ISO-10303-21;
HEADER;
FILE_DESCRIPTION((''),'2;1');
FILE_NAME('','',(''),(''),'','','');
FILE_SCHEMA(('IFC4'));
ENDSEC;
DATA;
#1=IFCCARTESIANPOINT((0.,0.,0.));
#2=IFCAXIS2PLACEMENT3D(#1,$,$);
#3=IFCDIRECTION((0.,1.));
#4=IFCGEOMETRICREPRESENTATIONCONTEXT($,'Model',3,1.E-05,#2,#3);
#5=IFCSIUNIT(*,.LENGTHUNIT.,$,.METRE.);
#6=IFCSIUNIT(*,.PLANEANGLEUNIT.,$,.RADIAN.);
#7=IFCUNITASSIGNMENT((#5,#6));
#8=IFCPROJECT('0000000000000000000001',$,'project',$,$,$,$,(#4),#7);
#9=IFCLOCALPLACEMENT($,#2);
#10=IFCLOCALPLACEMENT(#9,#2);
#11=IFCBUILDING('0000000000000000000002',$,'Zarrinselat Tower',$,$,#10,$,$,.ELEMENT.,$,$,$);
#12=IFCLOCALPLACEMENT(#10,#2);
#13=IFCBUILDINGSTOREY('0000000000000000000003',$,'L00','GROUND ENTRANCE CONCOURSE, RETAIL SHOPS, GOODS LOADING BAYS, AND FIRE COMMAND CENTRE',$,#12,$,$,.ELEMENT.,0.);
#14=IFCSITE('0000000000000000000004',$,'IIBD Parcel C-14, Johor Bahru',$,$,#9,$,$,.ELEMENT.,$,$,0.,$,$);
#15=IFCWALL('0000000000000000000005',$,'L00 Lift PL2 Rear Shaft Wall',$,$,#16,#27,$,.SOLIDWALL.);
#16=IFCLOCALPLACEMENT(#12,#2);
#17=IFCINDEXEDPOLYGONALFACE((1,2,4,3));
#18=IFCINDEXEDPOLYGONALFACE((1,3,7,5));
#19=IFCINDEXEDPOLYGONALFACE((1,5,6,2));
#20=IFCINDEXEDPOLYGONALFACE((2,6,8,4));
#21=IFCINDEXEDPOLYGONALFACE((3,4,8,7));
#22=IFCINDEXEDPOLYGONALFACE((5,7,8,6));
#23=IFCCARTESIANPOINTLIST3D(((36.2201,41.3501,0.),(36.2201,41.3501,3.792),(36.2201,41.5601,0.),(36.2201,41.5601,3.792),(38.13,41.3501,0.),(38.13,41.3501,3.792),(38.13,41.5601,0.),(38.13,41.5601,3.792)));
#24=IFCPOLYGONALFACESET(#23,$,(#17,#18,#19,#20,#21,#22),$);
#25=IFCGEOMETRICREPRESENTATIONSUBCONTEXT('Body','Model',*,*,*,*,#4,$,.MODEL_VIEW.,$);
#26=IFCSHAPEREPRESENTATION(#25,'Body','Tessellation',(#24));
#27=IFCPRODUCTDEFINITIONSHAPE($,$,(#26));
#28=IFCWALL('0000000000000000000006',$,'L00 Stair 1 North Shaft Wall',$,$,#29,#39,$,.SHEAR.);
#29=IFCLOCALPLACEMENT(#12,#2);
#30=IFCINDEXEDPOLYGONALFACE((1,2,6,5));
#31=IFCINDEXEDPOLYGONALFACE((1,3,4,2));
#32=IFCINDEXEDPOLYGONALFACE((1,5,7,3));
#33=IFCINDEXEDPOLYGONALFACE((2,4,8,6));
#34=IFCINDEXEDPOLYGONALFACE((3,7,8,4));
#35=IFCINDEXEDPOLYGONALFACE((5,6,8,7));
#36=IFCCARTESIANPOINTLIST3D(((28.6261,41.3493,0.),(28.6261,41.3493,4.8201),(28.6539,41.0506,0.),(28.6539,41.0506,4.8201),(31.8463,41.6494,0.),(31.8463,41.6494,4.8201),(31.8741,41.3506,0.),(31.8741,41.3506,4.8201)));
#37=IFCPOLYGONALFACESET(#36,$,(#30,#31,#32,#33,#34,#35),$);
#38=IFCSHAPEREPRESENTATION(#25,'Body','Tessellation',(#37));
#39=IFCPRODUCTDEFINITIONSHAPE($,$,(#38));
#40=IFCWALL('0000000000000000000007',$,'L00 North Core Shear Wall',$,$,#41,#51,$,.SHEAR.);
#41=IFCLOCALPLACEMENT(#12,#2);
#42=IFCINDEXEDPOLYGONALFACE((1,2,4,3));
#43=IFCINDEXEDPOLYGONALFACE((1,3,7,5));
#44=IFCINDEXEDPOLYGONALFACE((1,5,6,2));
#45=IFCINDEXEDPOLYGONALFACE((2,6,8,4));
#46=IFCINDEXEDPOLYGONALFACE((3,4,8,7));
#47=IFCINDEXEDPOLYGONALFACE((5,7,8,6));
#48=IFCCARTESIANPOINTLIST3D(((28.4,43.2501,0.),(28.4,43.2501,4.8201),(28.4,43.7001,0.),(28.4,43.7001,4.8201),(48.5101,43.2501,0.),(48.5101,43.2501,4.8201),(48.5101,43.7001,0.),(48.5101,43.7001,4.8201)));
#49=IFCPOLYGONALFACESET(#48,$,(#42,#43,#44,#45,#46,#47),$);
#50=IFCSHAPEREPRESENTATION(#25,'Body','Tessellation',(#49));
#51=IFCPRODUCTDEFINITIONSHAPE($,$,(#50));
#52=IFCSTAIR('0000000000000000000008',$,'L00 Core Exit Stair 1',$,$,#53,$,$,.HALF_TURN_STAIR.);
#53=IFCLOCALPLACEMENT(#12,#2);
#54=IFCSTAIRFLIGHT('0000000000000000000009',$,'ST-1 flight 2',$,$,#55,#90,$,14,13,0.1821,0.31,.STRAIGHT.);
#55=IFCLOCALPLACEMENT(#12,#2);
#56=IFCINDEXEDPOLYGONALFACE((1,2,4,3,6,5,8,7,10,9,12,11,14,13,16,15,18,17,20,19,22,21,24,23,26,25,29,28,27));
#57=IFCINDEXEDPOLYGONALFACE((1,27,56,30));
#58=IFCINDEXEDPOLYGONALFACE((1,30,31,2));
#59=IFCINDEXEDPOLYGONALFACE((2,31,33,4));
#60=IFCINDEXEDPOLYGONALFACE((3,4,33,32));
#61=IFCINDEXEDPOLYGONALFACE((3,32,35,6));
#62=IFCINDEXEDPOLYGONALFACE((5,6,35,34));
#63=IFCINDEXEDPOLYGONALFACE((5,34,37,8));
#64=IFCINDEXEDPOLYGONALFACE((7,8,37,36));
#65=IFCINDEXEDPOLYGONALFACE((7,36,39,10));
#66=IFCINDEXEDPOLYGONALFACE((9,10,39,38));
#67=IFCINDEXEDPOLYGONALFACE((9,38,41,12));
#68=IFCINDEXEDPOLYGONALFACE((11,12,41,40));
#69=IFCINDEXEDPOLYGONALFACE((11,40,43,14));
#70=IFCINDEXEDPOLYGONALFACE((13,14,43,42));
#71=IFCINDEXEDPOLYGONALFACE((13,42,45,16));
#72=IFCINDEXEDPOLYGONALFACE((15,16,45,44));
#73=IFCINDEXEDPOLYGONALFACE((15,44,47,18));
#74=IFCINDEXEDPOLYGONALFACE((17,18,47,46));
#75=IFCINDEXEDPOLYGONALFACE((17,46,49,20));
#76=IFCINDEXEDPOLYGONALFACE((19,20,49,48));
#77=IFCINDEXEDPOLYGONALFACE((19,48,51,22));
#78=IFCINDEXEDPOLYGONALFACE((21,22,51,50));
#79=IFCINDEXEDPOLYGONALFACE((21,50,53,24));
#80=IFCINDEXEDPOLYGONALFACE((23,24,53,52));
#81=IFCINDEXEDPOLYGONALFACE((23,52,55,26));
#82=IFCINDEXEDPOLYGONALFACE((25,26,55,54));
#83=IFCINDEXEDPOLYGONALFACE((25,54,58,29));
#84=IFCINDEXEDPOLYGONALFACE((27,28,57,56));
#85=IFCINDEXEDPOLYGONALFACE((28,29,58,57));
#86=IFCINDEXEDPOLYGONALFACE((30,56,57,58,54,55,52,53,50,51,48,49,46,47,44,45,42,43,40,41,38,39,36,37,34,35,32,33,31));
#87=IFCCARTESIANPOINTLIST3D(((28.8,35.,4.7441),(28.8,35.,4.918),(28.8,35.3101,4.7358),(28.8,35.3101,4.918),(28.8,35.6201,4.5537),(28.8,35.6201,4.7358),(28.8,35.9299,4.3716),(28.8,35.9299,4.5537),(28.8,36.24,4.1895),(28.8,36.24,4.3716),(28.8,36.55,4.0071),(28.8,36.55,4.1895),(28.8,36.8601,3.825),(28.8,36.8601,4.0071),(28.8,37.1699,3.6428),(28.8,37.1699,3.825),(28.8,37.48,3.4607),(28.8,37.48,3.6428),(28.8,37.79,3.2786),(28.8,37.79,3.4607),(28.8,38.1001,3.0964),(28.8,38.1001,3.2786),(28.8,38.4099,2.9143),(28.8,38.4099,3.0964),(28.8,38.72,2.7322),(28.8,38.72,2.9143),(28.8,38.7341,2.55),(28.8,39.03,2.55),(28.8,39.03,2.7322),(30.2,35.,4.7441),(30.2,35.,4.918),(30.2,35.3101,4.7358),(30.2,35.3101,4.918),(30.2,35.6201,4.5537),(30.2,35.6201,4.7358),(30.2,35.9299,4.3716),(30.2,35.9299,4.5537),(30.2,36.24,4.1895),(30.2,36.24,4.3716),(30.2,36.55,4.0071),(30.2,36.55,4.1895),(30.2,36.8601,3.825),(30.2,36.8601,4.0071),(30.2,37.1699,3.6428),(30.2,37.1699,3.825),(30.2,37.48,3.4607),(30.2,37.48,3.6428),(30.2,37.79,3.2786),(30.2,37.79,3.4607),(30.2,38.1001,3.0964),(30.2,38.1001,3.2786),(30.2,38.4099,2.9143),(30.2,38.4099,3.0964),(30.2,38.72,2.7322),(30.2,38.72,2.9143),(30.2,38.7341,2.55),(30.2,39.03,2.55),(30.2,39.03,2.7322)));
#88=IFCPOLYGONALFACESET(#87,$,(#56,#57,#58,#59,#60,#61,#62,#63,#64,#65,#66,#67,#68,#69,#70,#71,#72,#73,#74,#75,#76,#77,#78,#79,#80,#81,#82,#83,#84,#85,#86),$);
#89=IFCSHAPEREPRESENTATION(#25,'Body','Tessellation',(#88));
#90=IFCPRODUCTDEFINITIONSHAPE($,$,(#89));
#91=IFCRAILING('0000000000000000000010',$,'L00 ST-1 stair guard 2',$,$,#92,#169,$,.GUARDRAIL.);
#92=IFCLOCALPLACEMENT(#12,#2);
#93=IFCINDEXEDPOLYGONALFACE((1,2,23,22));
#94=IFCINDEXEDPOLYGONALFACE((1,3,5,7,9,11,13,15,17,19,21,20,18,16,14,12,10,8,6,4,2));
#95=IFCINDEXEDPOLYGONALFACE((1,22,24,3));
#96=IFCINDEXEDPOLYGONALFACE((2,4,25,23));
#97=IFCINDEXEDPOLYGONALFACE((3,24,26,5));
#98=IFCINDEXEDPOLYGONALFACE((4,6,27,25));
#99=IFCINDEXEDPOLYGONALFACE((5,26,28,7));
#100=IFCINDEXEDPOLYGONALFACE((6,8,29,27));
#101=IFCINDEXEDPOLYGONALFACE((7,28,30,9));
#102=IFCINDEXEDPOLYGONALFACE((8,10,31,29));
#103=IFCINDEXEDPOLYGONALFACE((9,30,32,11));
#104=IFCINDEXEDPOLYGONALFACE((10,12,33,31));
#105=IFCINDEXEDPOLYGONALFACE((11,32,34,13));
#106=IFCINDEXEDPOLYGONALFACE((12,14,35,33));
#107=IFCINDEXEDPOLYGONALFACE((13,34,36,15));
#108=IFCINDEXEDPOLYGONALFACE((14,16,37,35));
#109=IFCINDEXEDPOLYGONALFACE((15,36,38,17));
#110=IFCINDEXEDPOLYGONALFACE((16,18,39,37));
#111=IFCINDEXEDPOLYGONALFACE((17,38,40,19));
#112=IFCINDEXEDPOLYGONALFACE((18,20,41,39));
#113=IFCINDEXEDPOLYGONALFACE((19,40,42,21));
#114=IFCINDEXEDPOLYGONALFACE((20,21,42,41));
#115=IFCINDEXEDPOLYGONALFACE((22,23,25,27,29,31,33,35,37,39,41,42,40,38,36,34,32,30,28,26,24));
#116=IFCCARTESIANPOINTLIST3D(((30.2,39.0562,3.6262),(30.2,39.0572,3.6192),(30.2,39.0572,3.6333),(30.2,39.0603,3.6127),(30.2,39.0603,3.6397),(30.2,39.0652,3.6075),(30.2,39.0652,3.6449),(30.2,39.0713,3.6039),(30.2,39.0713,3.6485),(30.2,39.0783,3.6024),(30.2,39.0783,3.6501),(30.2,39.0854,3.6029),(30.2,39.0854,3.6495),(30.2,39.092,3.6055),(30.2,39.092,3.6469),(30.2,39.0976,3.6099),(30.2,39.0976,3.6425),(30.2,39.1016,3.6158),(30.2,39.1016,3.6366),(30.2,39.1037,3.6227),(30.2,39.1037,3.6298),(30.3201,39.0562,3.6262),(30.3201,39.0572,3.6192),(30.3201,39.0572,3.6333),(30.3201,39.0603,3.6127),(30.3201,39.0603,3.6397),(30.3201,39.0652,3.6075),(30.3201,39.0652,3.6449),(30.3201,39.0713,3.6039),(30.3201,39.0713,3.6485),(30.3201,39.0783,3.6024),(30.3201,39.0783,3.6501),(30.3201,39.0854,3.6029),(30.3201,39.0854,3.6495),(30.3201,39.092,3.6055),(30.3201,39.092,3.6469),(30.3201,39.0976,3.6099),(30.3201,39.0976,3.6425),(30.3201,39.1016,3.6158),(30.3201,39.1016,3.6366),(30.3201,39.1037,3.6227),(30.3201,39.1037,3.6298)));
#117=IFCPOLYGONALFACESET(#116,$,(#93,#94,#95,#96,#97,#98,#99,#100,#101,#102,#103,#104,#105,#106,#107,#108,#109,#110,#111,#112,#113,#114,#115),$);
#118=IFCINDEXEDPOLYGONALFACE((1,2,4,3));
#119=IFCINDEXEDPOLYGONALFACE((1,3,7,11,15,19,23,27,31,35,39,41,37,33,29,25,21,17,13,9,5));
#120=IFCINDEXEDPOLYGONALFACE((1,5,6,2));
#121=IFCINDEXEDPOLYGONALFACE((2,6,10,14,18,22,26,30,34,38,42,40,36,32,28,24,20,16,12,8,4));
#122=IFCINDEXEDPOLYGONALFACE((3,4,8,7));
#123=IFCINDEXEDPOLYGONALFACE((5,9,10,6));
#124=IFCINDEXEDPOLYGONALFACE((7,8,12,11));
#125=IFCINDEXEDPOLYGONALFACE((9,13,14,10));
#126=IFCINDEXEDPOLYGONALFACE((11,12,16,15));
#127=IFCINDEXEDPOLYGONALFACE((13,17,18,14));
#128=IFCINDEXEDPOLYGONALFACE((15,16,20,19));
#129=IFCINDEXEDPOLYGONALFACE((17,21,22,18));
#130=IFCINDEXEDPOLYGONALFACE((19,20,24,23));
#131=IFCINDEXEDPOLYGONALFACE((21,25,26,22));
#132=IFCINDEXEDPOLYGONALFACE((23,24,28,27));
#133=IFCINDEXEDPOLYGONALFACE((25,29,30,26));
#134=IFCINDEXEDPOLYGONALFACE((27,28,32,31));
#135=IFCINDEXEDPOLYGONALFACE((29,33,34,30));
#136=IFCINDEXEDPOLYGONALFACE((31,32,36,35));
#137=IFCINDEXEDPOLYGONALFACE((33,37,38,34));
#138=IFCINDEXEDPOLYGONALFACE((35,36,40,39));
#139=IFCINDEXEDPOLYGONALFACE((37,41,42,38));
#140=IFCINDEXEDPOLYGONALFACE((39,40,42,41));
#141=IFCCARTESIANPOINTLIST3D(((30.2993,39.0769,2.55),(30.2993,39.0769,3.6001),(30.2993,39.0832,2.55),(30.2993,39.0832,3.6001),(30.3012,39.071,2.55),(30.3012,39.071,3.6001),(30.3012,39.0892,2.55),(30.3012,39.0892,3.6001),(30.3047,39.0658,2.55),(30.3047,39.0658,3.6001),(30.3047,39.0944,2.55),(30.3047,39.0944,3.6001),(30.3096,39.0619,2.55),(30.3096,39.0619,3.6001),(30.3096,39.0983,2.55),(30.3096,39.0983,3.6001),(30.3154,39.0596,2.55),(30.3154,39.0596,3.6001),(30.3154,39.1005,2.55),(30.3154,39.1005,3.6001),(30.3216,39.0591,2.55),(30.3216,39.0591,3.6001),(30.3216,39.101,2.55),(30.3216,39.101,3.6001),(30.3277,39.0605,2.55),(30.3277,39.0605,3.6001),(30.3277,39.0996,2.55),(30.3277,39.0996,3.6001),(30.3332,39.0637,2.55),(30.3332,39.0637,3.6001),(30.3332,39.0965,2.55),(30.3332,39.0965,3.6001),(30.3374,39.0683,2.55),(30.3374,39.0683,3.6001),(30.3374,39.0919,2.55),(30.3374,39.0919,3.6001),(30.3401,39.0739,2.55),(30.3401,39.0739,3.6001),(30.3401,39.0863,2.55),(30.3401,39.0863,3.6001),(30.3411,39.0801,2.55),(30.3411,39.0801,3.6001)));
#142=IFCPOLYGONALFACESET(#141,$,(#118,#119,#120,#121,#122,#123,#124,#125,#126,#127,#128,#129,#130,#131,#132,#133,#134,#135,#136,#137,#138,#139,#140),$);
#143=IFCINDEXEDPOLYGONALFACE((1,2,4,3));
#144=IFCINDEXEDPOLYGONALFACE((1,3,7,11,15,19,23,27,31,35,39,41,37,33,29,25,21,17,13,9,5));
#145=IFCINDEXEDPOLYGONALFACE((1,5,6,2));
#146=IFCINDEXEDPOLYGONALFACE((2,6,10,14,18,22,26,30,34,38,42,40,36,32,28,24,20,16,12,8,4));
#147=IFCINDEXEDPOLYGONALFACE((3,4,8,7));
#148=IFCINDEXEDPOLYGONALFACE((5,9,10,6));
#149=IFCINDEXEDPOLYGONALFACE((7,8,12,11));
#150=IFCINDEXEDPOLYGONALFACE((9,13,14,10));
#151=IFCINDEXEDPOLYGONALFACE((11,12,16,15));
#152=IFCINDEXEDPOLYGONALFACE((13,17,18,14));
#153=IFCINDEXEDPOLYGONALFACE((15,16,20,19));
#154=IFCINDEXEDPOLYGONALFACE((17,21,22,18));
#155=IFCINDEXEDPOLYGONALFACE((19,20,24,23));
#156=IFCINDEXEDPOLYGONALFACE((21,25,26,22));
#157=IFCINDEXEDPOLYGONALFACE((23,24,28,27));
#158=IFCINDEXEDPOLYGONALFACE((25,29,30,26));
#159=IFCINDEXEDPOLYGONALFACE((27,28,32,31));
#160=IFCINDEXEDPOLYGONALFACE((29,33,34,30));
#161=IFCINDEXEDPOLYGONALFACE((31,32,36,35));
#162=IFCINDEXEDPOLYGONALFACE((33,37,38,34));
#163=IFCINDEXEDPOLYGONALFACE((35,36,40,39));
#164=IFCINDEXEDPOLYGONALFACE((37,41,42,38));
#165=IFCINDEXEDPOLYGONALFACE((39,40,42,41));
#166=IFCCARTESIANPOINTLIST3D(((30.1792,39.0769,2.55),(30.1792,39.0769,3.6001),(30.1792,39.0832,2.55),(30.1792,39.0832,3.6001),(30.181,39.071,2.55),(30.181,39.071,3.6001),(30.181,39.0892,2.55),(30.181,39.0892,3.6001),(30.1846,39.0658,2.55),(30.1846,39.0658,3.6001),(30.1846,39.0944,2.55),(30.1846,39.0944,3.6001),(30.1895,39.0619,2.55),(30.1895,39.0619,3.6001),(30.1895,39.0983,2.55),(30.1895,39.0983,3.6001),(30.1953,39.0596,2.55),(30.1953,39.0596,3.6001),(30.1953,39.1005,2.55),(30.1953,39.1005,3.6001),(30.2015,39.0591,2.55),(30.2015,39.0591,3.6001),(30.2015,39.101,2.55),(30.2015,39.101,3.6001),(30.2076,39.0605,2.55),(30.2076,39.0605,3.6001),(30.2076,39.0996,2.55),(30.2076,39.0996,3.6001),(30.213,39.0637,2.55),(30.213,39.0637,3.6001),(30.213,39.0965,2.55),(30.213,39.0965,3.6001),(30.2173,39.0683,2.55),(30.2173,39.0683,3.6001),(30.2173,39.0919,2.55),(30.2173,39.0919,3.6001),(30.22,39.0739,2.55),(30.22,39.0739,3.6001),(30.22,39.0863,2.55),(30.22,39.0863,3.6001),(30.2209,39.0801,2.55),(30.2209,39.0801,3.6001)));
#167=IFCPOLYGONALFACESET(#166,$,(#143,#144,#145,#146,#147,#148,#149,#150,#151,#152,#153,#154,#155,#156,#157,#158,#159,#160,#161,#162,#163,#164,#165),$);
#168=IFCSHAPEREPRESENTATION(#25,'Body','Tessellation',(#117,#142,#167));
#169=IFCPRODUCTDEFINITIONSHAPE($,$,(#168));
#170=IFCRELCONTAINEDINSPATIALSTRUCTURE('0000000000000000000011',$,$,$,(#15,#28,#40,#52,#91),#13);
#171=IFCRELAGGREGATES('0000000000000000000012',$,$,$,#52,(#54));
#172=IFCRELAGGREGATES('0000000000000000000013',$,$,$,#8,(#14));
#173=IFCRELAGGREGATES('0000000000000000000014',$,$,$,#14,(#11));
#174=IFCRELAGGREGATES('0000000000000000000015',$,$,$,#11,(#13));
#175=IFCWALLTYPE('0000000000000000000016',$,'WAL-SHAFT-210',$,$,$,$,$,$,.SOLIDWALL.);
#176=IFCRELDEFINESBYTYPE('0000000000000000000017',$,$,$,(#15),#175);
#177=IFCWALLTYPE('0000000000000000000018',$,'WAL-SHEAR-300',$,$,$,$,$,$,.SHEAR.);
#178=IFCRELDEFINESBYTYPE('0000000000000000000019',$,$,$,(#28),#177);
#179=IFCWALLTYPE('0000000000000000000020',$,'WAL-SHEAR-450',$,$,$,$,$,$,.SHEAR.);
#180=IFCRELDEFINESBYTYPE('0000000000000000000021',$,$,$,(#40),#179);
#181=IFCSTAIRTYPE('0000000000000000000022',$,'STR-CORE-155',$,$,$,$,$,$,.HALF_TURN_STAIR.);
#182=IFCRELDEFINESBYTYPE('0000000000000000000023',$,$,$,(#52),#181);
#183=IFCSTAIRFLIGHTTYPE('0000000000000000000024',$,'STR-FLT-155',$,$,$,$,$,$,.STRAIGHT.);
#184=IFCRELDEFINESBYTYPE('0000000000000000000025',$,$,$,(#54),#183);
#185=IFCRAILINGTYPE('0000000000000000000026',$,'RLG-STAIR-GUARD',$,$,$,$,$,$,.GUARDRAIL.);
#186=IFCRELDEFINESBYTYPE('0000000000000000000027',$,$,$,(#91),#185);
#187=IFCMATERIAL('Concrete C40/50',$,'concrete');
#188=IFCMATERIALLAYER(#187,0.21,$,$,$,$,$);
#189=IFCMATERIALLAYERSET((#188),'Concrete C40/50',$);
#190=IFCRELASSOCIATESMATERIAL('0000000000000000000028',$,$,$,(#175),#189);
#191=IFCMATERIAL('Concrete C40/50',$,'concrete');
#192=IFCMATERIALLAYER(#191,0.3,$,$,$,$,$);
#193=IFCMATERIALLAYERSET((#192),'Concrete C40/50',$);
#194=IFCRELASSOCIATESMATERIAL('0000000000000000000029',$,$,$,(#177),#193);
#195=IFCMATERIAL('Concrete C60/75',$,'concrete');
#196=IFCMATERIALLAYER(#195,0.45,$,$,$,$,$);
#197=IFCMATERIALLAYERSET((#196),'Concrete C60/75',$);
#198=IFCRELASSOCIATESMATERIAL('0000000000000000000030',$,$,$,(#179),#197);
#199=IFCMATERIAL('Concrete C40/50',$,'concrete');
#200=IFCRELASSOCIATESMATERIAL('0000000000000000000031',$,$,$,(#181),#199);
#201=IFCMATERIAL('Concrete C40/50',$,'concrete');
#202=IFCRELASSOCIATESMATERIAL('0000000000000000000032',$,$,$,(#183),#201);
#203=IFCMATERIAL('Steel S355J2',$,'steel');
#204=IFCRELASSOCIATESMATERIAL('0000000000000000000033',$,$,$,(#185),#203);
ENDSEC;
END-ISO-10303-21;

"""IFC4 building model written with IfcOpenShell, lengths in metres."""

from ifc_helpers import new_model, si_unit, direction, frame, frame_2d, origin, origin_2d, place, context, subcontext, project, spatial, polyline, rectangle, circle, outline, extrude, material, layer, layer_set, type_object, element, aggregate, save


model = new_model("IFC4")

# Units and contexts
model_context = context("Model", 3, precision=1e-05, world=origin(), true_north=direction((0.0, 1.0)))
body_context = subcontext(model_context, "Body", "Model", "MODEL_VIEW")
ifc_project = project(units=[si_unit("LENGTHUNIT", "METRE"), si_unit("PLANEANGLEUNIT", "RADIAN")], contexts=[model_context])

# Site, building, storey
site_placement = place(None, origin())
site = spatial("IfcSite", under=ifc_project, at=site_placement, Name="IIBD Parcel C-14, Johor Bahru", CompositionType="ELEMENT", RefElevation=0.0)
building_placement = place(site_placement, origin())
building = spatial("IfcBuilding", under=site, at=building_placement, Name="Zarrinselat Tower", CompositionType="ELEMENT")
storey_placement = place(building_placement, origin())
storey = spatial("IfcBuildingStorey", under=building, at=storey_placement, Name="L00", Description="GROUND ENTRANCE CONCOURSE, RETAIL SHOPS, GOODS LOADING BAYS, AND FIRE COMMAND CENTRE", CompositionType="ELEMENT", Elevation=0.0)

# Shared definitions
ifc_material_1 = material(Name="Concrete C40/50", Category="concrete")
ifc_layer_1 = layer(ifc_material_1, 0.21)
ifc_layer_set_1 = layer_set([ifc_layer_1], Name="Concrete C40/50")
wall_type_1 = type_object("IfcWallType", Name="WAL-SHAFT-210", PredefinedType="SOLIDWALL", material=ifc_layer_set_1)

# Walls
wall_1_placement = place(storey_placement, frame((36.22, 41.4551, 0.0), z_axis=(0.0, 0.0, 1.0), x_axis=(1.0, 0.0, 0.0)))
element("IfcWall", 1, at=wall_1_placement, inside=storey, type_object=wall_type_1, Name="L00 Lift PL2 Rear Shaft Wall", PredefinedType="SOLIDWALL", context=body_context, shape_type="SweptSolid", body=[
    extrude(rectangle(XDim=1.9099, YDim=0.21, at=frame_2d((0.9551, 0.0))), origin(), (0.0, 0.0, 1.0), 3.792),
])
ifc_material_2 = material(Name="Concrete C40/50", Category="concrete")
ifc_layer_2 = layer(ifc_material_2, 0.3)
ifc_layer_set_2 = layer_set([ifc_layer_2], Name="Concrete C40/50")
wall_type_2 = type_object("IfcWallType", Name="WAL-SHEAR-300", PredefinedType="SHEAR", material=ifc_layer_set_2)
wall_2_placement = place(storey_placement, frame((28.6399, 41.2, 0.0), z_axis=(0.0, 0.0, 1.0), x_axis=(0.995687, 0.092775, 0.0)))
element("IfcWall", 2, at=wall_2_placement, inside=storey, type_object=wall_type_2, Name="L00 Stair 1 North Shaft Wall", PredefinedType="SHEAR", context=body_context, shape_type="SweptSolid", body=[
    extrude(rectangle(XDim=3.2341, YDim=0.3, at=frame_2d((1.6172, 0.0))), origin(), (0.0, 0.0, 1.0), 4.8201),
])
ifc_material_3 = material(Name="Concrete C60/75", Category="concrete")
ifc_layer_3 = layer(ifc_material_3, 0.45)
ifc_layer_set_3 = layer_set([ifc_layer_3], Name="Concrete C60/75")
wall_type_3 = type_object("IfcWallType", Name="WAL-SHEAR-450", PredefinedType="SHEAR", material=ifc_layer_set_3)
wall_3_placement = place(storey_placement, frame((28.3999, 43.4751, 0.0), z_axis=(0.0, 0.0, 1.0), x_axis=(1.0, 0.0, 0.0)))
element("IfcWall", 3, at=wall_3_placement, inside=storey, type_object=wall_type_3, Name="L00 North Core Shear Wall", PredefinedType="SHEAR", context=body_context, shape_type="SweptSolid", body=[
    extrude(rectangle(XDim=20.1101, YDim=0.45, at=frame_2d((10.0552, 0.0))), origin(), (0.0, 0.0, 1.0), 4.8201),
])

# Stair, stair flight
ifc_material_4 = material(Name="Concrete C40/50", Category="concrete")
stair_type = type_object("IfcStairType", Name="STR-CORE-155", PredefinedType="HALF_TURN_STAIR", material=ifc_material_4)
stair_placement = place(storey_placement, origin())
stair = element("IfcStair", 4, at=stair_placement, inside=storey, type_object=stair_type, Name="L00 Core Exit Stair 1", PredefinedType="HALF_TURN_STAIR")
ifc_material_5 = material(Name="Concrete C40/50", Category="concrete")
stair_flight_type = type_object("IfcStairFlightType", Name="STR-FLT-155", PredefinedType="STRAIGHT", material=ifc_material_5)
stair_flight_placement = place(storey_placement, frame((29.5, 39.03, 2.55), z_axis=(0.0, 0.0, 1.0), x_axis=(0.0, -1.0, 0.0)))
stair_flight = element("IfcStairFlight", 5, at=stair_flight_placement, type_object=stair_flight_type, Name="ST-1 flight 2", NumberOfRisers=14, NumberOfTreads=13, PredefinedType="STRAIGHT", RiserHeight=0.1821, TreadLength=0.31, context=body_context, shape_type="SweptSolid", body=[
    extrude(outline(polyline([(0.0, 0.0), (0.0, 0.1821), (0.3101, 0.1821), (0.3101, 0.3643), (0.6201, 0.3643), (0.6201, 0.5464), (0.9299, 0.5464), (0.9299, 0.7285), (1.24, 0.7285), (1.24, 0.9106), (1.55, 0.9106), (1.55, 1.0928), (1.8601, 1.0928), (1.8601, 1.2749), (2.1699, 1.2749), (2.1699, 1.457), (2.48, 1.457), (2.48, 1.6394), (2.79, 1.6394), (2.79, 1.8215), (3.1001, 1.8215), (3.1001, 2.0037), (3.4099, 2.0037), (3.4099, 2.1858), (3.72, 2.1858), (3.72, 2.3679), (4.03, 2.3679), (4.03, 2.55), (4.03, 2.1941), (0.2959, 0.0), (0.0, 0.0)])), frame((0.0, 0.7, 0.0), z_axis=(0.0, -1.0, 0.0), x_axis=(1.0, 0.0, 0.0)), (0.0, 0.0, 1.0), 1.3999),
])
aggregate(stair, [stair_flight])

# Railing
ifc_material_6 = material(Name="Steel S355J2", Category="steel")
railing_type_1 = type_object("IfcRailingType", Name="RLG-STAIR-GUARD", PredefinedType="GUARDRAIL", material=ifc_material_6)
railing_1_placement = place(storey_placement, frame((30.3201, 39.0801, 2.55)))
element("IfcRailing", 6, at=railing_1_placement, inside=storey, type_object=railing_type_1, Name="L00 ST-1 stair guard 2", PredefinedType="GUARDRAIL", context=body_context, shape_type="SweptSolid", body=[
    extrude(circle(Radius=0.0239, at=origin_2d()), frame((0.0, 0.0, 1.0762), z_axis=(-1.0, 0.0, 0.0), x_axis=(0.0, -1.0, 0.0)), (0.0, 0.0, 1.0), 0.1201),
    extrude(circle(Radius=0.021, at=origin_2d()), origin(), (0.0, 0.0, 1.0), 1.05),
    extrude(circle(Radius=0.021, at=origin_2d()), frame((-0.1201, 0.0, 0.0)), (0.0, 0.0, 1.0), 1.05),
])

save(model, "model.ifc")
